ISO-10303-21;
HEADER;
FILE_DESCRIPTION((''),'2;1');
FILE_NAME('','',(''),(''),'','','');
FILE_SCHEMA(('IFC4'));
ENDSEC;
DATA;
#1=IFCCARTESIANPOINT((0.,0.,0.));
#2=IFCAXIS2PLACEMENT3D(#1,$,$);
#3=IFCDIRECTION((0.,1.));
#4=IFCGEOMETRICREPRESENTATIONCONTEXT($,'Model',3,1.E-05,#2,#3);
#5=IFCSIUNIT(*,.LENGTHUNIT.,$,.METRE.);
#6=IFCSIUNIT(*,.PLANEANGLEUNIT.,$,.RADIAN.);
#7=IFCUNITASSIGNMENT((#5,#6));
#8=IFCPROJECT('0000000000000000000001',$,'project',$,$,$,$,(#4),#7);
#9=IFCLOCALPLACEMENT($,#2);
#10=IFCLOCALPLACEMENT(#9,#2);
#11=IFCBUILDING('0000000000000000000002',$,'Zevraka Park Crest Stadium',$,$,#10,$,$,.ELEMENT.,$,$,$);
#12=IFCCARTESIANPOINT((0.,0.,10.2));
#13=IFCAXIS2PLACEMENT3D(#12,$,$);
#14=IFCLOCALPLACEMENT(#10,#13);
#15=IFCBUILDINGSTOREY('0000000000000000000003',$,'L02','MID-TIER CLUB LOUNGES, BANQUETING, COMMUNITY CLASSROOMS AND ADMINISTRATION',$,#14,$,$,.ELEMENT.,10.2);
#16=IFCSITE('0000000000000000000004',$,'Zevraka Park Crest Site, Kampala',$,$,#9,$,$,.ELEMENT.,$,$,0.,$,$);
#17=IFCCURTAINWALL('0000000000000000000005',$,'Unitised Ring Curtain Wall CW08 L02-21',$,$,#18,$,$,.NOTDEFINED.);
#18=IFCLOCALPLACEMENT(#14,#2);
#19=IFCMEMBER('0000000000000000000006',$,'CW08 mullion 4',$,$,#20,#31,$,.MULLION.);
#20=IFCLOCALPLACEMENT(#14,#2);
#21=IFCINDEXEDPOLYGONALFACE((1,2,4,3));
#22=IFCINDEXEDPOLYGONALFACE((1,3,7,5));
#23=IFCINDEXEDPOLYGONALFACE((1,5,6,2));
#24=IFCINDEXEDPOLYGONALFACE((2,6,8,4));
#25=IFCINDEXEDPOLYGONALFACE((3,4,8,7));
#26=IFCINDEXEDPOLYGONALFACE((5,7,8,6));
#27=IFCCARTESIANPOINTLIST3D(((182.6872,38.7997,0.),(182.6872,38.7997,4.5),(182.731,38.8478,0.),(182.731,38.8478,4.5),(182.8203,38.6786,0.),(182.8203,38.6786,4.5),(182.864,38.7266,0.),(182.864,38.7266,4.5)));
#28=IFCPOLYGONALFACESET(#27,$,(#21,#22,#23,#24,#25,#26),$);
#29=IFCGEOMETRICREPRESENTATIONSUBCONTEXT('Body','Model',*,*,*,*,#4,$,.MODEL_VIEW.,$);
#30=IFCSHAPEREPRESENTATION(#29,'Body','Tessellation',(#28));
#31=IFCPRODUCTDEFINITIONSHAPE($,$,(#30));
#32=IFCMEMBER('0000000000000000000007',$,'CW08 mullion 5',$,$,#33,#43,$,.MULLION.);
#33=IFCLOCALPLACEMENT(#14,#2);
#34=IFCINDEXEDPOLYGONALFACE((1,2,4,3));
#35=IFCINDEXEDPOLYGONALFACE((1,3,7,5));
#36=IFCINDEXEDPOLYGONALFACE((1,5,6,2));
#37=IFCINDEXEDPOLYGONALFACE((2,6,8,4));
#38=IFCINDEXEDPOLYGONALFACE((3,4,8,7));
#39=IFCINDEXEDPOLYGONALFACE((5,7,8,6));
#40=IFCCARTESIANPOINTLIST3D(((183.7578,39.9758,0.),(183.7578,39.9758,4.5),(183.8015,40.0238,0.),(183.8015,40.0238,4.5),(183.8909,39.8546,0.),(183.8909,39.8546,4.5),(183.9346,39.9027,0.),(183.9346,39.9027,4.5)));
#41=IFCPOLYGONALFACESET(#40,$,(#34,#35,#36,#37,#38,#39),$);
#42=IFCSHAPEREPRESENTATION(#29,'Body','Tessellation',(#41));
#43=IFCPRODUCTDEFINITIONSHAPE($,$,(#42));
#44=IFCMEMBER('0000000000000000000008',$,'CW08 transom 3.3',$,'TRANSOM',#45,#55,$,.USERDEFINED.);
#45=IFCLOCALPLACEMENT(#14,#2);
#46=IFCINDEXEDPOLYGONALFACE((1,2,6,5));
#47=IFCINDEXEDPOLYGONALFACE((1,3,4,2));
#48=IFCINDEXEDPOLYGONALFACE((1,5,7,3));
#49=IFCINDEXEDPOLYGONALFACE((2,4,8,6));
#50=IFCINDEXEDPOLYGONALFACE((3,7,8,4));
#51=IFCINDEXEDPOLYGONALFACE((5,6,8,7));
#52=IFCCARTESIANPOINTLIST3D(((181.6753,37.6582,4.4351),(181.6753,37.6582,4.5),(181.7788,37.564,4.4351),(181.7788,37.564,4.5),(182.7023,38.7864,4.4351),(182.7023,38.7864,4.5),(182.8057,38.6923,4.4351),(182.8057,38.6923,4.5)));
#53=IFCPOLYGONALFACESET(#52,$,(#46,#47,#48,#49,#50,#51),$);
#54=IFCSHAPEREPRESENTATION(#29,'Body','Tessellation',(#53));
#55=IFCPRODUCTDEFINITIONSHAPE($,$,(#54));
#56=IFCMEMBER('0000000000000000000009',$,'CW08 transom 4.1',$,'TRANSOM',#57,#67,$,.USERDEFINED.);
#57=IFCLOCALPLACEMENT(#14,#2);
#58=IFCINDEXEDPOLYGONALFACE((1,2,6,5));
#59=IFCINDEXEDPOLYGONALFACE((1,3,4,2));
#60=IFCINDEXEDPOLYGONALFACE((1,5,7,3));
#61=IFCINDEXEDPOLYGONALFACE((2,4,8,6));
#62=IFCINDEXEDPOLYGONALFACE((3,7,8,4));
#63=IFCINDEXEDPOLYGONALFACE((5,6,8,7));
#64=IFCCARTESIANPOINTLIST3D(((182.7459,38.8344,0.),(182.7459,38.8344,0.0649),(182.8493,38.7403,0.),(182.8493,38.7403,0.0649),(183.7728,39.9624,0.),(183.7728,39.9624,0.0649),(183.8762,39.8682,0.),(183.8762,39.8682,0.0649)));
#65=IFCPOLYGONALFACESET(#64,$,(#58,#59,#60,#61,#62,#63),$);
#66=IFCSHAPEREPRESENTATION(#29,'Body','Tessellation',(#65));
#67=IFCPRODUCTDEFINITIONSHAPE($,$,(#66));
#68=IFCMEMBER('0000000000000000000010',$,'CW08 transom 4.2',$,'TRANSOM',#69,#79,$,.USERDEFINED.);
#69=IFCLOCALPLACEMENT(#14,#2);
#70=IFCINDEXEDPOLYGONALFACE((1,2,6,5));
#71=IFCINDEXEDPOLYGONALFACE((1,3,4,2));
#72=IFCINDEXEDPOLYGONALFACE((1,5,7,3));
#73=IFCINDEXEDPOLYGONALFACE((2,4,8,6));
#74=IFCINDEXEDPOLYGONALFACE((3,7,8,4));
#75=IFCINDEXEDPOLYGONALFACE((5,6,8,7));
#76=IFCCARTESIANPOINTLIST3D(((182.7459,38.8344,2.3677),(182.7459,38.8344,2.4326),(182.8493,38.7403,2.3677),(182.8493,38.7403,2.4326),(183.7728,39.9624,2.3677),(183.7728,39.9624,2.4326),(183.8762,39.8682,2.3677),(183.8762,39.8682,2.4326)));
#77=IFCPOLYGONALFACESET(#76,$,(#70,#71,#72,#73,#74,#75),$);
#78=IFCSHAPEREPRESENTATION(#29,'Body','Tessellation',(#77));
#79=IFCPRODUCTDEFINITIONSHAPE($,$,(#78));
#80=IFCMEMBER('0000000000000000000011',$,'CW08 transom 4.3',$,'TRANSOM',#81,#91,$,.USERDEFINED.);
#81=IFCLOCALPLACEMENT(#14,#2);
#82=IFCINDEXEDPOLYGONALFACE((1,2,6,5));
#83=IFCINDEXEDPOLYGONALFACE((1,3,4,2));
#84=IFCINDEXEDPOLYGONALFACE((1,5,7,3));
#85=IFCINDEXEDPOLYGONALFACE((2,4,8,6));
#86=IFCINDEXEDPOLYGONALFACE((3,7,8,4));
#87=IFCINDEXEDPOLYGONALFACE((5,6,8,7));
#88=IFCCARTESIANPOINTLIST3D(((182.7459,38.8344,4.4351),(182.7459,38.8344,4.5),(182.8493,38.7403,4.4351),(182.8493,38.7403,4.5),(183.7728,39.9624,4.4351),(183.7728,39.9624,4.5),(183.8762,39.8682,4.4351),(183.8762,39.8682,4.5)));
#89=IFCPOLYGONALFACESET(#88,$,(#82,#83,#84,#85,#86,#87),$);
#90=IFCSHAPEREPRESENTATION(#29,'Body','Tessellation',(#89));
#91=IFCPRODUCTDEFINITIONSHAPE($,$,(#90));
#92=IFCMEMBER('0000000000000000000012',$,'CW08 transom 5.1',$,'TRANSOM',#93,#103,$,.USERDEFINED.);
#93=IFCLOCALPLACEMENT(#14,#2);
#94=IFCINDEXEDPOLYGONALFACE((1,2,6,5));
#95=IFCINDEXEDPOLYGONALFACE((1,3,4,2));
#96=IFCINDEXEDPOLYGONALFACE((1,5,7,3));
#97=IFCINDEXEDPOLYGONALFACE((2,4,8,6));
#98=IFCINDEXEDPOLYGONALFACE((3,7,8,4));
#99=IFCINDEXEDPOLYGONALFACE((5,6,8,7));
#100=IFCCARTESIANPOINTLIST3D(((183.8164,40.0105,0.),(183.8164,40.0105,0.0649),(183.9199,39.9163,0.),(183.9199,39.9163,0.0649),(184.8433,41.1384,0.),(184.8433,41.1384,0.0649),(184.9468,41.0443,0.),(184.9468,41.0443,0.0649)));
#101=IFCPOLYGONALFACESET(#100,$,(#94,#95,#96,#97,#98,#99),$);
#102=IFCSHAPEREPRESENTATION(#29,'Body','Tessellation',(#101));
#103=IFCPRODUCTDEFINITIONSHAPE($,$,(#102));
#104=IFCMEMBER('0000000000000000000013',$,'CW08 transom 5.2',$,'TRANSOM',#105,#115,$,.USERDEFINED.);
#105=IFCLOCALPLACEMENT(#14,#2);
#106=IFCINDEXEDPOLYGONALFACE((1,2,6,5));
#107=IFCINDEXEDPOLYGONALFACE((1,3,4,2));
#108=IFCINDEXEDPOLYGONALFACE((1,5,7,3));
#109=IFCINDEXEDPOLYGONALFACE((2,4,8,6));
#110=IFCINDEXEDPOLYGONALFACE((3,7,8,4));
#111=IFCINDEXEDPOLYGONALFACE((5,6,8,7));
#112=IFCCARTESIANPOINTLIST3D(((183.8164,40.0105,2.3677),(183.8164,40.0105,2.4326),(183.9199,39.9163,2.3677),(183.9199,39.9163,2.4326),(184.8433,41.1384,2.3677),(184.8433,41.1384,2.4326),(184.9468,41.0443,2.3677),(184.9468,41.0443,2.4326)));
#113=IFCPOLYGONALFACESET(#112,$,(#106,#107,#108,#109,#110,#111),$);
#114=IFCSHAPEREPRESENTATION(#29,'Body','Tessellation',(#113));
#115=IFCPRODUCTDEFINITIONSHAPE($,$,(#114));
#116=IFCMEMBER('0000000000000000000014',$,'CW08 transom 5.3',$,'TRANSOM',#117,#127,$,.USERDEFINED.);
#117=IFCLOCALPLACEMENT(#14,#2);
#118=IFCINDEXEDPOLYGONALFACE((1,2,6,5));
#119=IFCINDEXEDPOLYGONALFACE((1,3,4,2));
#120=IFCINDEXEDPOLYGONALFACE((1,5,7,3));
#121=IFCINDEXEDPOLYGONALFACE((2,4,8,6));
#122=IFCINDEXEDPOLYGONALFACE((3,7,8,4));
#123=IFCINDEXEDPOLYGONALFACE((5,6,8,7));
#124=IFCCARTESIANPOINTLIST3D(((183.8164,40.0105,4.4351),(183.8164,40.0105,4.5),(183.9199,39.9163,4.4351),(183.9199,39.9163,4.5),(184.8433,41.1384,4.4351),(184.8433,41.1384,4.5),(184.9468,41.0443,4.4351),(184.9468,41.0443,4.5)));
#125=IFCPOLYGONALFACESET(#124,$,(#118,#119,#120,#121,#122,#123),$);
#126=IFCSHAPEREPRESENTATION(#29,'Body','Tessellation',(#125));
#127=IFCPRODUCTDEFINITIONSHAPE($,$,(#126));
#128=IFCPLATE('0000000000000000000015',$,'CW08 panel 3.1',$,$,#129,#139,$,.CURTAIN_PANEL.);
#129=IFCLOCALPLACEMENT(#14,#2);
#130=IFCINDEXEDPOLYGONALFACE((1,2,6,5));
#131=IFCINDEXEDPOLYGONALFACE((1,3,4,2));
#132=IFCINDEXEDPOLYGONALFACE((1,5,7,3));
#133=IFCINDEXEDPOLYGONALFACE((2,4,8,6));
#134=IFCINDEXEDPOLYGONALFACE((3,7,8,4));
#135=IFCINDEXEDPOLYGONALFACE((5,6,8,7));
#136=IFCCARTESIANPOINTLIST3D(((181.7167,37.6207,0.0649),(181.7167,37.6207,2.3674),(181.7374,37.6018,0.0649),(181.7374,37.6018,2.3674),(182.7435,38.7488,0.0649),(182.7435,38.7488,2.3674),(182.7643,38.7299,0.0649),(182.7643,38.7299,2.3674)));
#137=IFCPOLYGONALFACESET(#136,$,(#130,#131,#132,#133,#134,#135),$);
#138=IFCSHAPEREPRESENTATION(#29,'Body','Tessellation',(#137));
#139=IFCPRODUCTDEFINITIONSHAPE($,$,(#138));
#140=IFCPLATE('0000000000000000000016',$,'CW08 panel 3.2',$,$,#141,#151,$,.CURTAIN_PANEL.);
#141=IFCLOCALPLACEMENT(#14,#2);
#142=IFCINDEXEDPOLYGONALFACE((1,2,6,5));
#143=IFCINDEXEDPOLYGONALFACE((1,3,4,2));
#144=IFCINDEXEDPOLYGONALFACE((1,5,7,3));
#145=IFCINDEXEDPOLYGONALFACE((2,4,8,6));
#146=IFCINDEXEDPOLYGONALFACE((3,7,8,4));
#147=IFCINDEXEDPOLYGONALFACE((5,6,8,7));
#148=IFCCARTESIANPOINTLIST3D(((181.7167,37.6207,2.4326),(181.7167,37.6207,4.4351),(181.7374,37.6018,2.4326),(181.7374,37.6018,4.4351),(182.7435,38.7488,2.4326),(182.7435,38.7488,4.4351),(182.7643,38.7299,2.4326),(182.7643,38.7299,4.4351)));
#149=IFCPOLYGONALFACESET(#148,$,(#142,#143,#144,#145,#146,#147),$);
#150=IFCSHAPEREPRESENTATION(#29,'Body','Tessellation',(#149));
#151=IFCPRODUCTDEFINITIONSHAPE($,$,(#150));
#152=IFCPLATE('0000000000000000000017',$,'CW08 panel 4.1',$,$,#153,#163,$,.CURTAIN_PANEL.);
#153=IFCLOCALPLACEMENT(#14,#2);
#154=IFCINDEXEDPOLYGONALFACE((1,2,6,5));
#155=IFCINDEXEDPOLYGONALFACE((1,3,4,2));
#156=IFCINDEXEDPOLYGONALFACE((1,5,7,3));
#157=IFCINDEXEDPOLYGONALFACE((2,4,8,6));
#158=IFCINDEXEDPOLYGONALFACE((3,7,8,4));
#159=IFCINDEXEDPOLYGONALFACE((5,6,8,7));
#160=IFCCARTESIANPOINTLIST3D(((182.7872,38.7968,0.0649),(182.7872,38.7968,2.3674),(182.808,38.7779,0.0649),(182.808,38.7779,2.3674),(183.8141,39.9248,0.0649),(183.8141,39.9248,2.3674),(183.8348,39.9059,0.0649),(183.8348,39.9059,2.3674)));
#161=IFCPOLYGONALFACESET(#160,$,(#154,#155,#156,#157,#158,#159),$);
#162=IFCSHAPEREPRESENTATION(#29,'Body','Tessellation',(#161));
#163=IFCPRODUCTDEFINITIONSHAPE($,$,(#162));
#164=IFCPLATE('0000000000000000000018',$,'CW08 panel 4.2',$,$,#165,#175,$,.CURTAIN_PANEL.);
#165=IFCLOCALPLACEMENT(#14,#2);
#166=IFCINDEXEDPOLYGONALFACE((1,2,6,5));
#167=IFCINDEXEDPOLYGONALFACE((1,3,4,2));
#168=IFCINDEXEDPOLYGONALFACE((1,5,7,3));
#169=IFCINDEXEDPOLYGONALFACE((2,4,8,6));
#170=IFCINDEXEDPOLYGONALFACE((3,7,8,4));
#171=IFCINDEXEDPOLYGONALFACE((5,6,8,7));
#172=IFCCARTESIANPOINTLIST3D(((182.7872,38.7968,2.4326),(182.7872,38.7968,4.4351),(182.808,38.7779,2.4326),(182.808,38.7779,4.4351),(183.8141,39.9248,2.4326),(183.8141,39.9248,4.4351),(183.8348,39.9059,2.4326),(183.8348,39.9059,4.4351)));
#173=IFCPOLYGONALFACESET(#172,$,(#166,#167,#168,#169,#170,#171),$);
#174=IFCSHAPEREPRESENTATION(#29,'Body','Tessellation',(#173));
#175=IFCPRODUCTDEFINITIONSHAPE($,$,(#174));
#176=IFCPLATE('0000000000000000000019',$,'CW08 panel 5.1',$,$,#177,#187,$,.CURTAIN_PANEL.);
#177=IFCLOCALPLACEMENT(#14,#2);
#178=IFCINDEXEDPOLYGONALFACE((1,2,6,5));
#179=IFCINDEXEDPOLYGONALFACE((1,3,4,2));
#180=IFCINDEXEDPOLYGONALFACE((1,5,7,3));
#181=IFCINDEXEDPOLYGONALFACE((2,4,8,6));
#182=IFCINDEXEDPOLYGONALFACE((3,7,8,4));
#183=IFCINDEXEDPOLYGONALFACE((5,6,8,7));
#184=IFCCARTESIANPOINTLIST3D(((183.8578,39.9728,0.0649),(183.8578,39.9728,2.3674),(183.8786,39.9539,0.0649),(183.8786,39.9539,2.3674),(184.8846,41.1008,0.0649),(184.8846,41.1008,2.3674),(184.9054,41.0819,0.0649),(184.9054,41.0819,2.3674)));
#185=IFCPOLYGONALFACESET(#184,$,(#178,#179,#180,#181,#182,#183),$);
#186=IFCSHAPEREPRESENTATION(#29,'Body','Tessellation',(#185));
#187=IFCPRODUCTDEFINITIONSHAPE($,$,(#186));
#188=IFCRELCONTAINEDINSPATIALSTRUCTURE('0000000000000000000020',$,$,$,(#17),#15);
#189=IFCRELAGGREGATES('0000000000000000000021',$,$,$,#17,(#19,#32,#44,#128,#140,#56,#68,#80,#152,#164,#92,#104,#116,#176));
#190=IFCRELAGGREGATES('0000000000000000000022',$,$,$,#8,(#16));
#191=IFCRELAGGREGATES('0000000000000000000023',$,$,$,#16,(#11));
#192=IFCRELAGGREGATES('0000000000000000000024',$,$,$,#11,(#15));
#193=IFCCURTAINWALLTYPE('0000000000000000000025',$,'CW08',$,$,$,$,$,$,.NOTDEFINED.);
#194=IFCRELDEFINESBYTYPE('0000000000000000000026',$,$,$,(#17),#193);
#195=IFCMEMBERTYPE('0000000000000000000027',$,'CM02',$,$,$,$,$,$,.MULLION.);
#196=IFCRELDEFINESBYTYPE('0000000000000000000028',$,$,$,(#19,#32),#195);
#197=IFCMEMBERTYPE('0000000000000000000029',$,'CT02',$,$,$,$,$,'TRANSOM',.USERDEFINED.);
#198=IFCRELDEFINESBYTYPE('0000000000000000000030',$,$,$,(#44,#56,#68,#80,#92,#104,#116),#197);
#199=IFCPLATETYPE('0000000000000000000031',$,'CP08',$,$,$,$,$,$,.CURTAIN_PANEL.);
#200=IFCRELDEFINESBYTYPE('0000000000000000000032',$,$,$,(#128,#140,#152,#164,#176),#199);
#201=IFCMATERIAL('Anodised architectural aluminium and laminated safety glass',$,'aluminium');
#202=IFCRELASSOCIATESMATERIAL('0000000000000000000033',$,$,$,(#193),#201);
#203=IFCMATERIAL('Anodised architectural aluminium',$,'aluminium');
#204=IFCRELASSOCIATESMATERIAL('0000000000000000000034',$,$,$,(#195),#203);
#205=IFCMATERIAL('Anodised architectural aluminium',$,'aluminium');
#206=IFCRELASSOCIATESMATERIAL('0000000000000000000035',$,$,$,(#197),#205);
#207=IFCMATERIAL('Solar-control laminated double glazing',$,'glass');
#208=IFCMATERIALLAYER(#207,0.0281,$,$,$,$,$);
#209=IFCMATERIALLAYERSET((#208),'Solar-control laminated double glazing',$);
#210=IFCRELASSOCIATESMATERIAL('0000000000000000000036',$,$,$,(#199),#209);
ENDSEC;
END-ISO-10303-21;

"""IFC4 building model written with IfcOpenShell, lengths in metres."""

from ifc_helpers import new_model, si_unit, direction, frame, origin, origin_2d, place, context, subcontext, project, spatial, rectangle, extrude, material, layer, layer_set, material_profile, profile_set, type_object, element, aggregate, save


model = new_model("IFC4")

# Units and contexts
model_context = context("Model", 3, precision=1e-05, world=origin(), true_north=direction((0.0, 1.0)))
body_context = subcontext(model_context, "Body", "Model", "MODEL_VIEW")
ifc_project = project(units=[si_unit("LENGTHUNIT", "METRE"), si_unit("PLANEANGLEUNIT", "RADIAN")], contexts=[model_context])

# Site, building, storey
site_placement = place(None, origin())
site = spatial("IfcSite", under=ifc_project, at=site_placement, Name="Zevraka Park Crest Site, Kampala", CompositionType="ELEMENT", RefElevation=0.0)
building_placement = place(site_placement, origin())
building = spatial("IfcBuilding", under=site, at=building_placement, Name="Zevraka Park Crest Stadium", CompositionType="ELEMENT")
storey_placement = place(building_placement, frame((0.0, 0.0, 10.2)))
storey = spatial("IfcBuildingStorey", under=building, at=storey_placement, Name="L02", Description="MID-TIER CLUB LOUNGES, BANQUETING, COMMUNITY CLASSROOMS AND ADMINISTRATION", CompositionType="ELEMENT", Elevation=10.2)

# Curtain wall, members, plates
ifc_material_1 = material(Name="Anodised architectural aluminium and laminated safety glass", Category="aluminium")
curtain_wall_type = type_object("IfcCurtainWallType", Name="CW08", PredefinedType="NOTDEFINED", material=ifc_material_1)
curtain_wall_placement = place(storey_placement, origin())
curtain_wall = element("IfcCurtainWall", 1, at=curtain_wall_placement, inside=storey, type_object=curtain_wall_type, Name="Unitised Ring Curtain Wall CW08 L02-21", PredefinedType="NOTDEFINED")
ifc_material_2 = material(Name="Anodised architectural aluminium", Category="aluminium")
ifc_material_profile_1 = material_profile(ifc_material_2, rectangle(XDim=0.1799, YDim=0.0649, at=origin_2d()), Name="ALU MULLION 180x65")
ifc_profile_set_1 = profile_set([ifc_material_profile_1], Name="Anodised architectural aluminium")
member_type_1 = type_object("IfcMemberType", Name="CM02", PredefinedType="MULLION", material=ifc_profile_set_1)
member_1_placement = place(storey_placement, frame((182.7756, 38.7632, 0.0), z_axis=(0.0, 0.0, 1.0), x_axis=(-0.739497, 0.67316, 0.0)))
member_1 = element("IfcMember", 2, at=member_1_placement, type_object=member_type_1, Name="CW08 mullion 4", PredefinedType="MULLION", context=body_context, shape_type="SweptSolid", body=[
    extrude(rectangle(XDim=0.1799, YDim=0.0649, at=origin_2d()), origin(), (0.0, 0.0, 1.0), 4.5),
])
member_2_placement = place(storey_placement, frame((183.8462, 39.9392, 0.0), z_axis=(0.0, 0.0, 1.0), x_axis=(-0.739497, 0.67316, 0.0)))
member_2 = element("IfcMember", 3, at=member_2_placement, type_object=member_type_1, Name="CW08 mullion 5", PredefinedType="MULLION", context=body_context, shape_type="SweptSolid", body=[
    extrude(rectangle(XDim=0.1799, YDim=0.0649, at=origin_2d()), origin(), (0.0, 0.0, 1.0), 4.5),
])
ifc_material_3 = material(Name="Anodised architectural aluminium", Category="aluminium")
ifc_material_profile_2 = material_profile(ifc_material_3, rectangle(XDim=0.1399, YDim=0.0649, at=origin_2d()), Name="ALU TRANSOM 140x65")
ifc_profile_set_2 = profile_set([ifc_material_profile_2], Name="Anodised architectural aluminium")
member_type_2 = type_object("IfcMemberType", Name="CT02", ElementType="TRANSOM", PredefinedType="USERDEFINED", material=ifc_profile_set_2)
member_3_placement = place(storey_placement, frame((181.7271, 37.6111, 4.4675), z_axis=(0.673119, 0.739534, 0.0), x_axis=(-0.739534, 0.673119, 0.0)))
member_3 = element("IfcMember", 4, at=member_3_placement, type_object=member_type_2, Name="CW08 transom 3.3", ObjectType="TRANSOM", PredefinedType="USERDEFINED", context=body_context, shape_type="SweptSolid", body=[
    extrude(rectangle(XDim=0.1399, YDim=0.0649, at=origin_2d()), origin(), (0.0, 0.0, 1.0), 1.5256),
])
member_4_placement = place(storey_placement, frame((182.7976, 38.7874, 0.0325), z_axis=(0.673198, 0.739462, 0.0), x_axis=(-0.739462, 0.673198, 0.0)))
member_4 = element("IfcMember", 5, at=member_4_placement, type_object=member_type_2, Name="CW08 transom 4.1", ObjectType="TRANSOM", PredefinedType="USERDEFINED", context=body_context, shape_type="SweptSolid", body=[
    extrude(rectangle(XDim=0.1399, YDim=0.0649, at=origin_2d()), origin(), (0.0, 0.0, 1.0), 1.5254),
])
member_5_placement = place(storey_placement, frame((182.7976, 38.7874, 2.4001), z_axis=(0.673198, 0.739462, 0.0), x_axis=(-0.739462, 0.673198, 0.0)))
member_5 = element("IfcMember", 6, at=member_5_placement, type_object=member_type_2, Name="CW08 transom 4.2", ObjectType="TRANSOM", PredefinedType="USERDEFINED", context=body_context, shape_type="SweptSolid", body=[
    extrude(rectangle(XDim=0.1399, YDim=0.0649, at=origin_2d()), origin(), (0.0, 0.0, 1.0), 1.5254),
])
member_6_placement = place(storey_placement, frame((182.7976, 38.7874, 4.4675), z_axis=(0.673198, 0.739462, 0.0), x_axis=(-0.739462, 0.673198, 0.0)))
member_6 = element("IfcMember", 7, at=member_6_placement, type_object=member_type_2, Name="CW08 transom 4.3", ObjectType="TRANSOM", PredefinedType="USERDEFINED", context=body_context, shape_type="SweptSolid", body=[
    extrude(rectangle(XDim=0.1399, YDim=0.0649, at=origin_2d()), origin(), (0.0, 0.0, 1.0), 1.5254),
])
member_7_placement = place(storey_placement, frame((183.8682, 39.9634, 0.0325), z_axis=(0.673198, 0.739462, 0.0), x_axis=(-0.739462, 0.673198, 0.0)))
member_7 = element("IfcMember", 8, at=member_7_placement, type_object=member_type_2, Name="CW08 transom 5.1", ObjectType="TRANSOM", PredefinedType="USERDEFINED", context=body_context, shape_type="SweptSolid", body=[
    extrude(rectangle(XDim=0.1399, YDim=0.0649, at=origin_2d()), origin(), (0.0, 0.0, 1.0), 1.5254),
])
member_8_placement = place(storey_placement, frame((183.8682, 39.9634, 2.4001), z_axis=(0.673198, 0.739462, 0.0), x_axis=(-0.739462, 0.673198, 0.0)))
member_8 = element("IfcMember", 9, at=member_8_placement, type_object=member_type_2, Name="CW08 transom 5.2", ObjectType="TRANSOM", PredefinedType="USERDEFINED", context=body_context, shape_type="SweptSolid", body=[
    extrude(rectangle(XDim=0.1399, YDim=0.0649, at=origin_2d()), origin(), (0.0, 0.0, 1.0), 1.5254),
])
member_9_placement = place(storey_placement, frame((183.8682, 39.9634, 4.4675), z_axis=(0.673198, 0.739462, 0.0), x_axis=(-0.739462, 0.673198, 0.0)))
member_9 = element("IfcMember", 10, at=member_9_placement, type_object=member_type_2, Name="CW08 transom 5.3", ObjectType="TRANSOM", PredefinedType="USERDEFINED", context=body_context, shape_type="SweptSolid", body=[
    extrude(rectangle(XDim=0.1399, YDim=0.0649, at=origin_2d()), origin(), (0.0, 0.0, 1.0), 1.5254),
])
ifc_material_4 = material(Name="Solar-control laminated double glazing", Category="glass")
ifc_layer_1 = layer(ifc_material_4, 0.0281)
ifc_layer_set_1 = layer_set([ifc_layer_1], Name="Solar-control laminated double glazing")
plate_type = type_object("IfcPlateType", Name="CP08", PredefinedType="CURTAIN_PANEL", material=ifc_layer_set_1)
plate_1_placement = place(storey_placement, frame((182.2405, 38.1753, 0.0649), z_axis=(0.0, 0.0, 1.0), x_axis=(0.67316, 0.739497, 0.0)))
plate_1 = element("IfcPlate", 11, at=plate_1_placement, type_object=plate_type, Name="CW08 panel 3.1", PredefinedType="CURTAIN_PANEL", context=body_context, shape_type="SweptSolid", body=[
    extrude(rectangle(XDim=1.5254, YDim=0.0281, at=origin_2d()), origin(), (0.0, 0.0, 1.0), 2.3025),
])
plate_2_placement = place(storey_placement, frame((182.2405, 38.1753, 2.4326), z_axis=(0.0, 0.0, 1.0), x_axis=(0.67316, 0.739497, 0.0)))
plate_2 = element("IfcPlate", 12, at=plate_2_placement, type_object=plate_type, Name="CW08 panel 3.2", PredefinedType="CURTAIN_PANEL", context=body_context, shape_type="SweptSolid", body=[
    extrude(rectangle(XDim=1.5254, YDim=0.0281, at=origin_2d()), origin(), (0.0, 0.0, 1.0), 2.0024),
])
plate_3_placement = place(storey_placement, frame((183.311, 39.3513, 0.0649), z_axis=(0.0, 0.0, 1.0), x_axis=(0.67316, 0.739497, 0.0)))
plate_3 = element("IfcPlate", 13, at=plate_3_placement, type_object=plate_type, Name="CW08 panel 4.1", PredefinedType="CURTAIN_PANEL", context=body_context, shape_type="SweptSolid", body=[
    extrude(rectangle(XDim=1.5254, YDim=0.0281, at=origin_2d()), origin(), (0.0, 0.0, 1.0), 2.3025),
])
plate_4_placement = place(storey_placement, frame((183.311, 39.3513, 2.4326), z_axis=(0.0, 0.0, 1.0), x_axis=(0.67316, 0.739497, 0.0)))
plate_4 = element("IfcPlate", 14, at=plate_4_placement, type_object=plate_type, Name="CW08 panel 4.2", PredefinedType="CURTAIN_PANEL", context=body_context, shape_type="SweptSolid", body=[
    extrude(rectangle(XDim=1.5254, YDim=0.0281, at=origin_2d()), origin(), (0.0, 0.0, 1.0), 2.0024),
])
plate_5_placement = place(storey_placement, frame((184.3816, 40.5273, 0.0649), z_axis=(0.0, 0.0, 1.0), x_axis=(0.67316, 0.739497, 0.0)))
plate_5 = element("IfcPlate", 15, at=plate_5_placement, type_object=plate_type, Name="CW08 panel 5.1", PredefinedType="CURTAIN_PANEL", context=body_context, shape_type="SweptSolid", body=[
    extrude(rectangle(XDim=1.5254, YDim=0.0281, at=origin_2d()), origin(), (0.0, 0.0, 1.0), 2.3025),
])
aggregate(curtain_wall, [member_1, member_2, member_3, plate_1, plate_2, member_4, member_5, member_6, plate_3, plate_4, member_7, member_8, member_9, plate_5])

save(model, "model.ifc")
